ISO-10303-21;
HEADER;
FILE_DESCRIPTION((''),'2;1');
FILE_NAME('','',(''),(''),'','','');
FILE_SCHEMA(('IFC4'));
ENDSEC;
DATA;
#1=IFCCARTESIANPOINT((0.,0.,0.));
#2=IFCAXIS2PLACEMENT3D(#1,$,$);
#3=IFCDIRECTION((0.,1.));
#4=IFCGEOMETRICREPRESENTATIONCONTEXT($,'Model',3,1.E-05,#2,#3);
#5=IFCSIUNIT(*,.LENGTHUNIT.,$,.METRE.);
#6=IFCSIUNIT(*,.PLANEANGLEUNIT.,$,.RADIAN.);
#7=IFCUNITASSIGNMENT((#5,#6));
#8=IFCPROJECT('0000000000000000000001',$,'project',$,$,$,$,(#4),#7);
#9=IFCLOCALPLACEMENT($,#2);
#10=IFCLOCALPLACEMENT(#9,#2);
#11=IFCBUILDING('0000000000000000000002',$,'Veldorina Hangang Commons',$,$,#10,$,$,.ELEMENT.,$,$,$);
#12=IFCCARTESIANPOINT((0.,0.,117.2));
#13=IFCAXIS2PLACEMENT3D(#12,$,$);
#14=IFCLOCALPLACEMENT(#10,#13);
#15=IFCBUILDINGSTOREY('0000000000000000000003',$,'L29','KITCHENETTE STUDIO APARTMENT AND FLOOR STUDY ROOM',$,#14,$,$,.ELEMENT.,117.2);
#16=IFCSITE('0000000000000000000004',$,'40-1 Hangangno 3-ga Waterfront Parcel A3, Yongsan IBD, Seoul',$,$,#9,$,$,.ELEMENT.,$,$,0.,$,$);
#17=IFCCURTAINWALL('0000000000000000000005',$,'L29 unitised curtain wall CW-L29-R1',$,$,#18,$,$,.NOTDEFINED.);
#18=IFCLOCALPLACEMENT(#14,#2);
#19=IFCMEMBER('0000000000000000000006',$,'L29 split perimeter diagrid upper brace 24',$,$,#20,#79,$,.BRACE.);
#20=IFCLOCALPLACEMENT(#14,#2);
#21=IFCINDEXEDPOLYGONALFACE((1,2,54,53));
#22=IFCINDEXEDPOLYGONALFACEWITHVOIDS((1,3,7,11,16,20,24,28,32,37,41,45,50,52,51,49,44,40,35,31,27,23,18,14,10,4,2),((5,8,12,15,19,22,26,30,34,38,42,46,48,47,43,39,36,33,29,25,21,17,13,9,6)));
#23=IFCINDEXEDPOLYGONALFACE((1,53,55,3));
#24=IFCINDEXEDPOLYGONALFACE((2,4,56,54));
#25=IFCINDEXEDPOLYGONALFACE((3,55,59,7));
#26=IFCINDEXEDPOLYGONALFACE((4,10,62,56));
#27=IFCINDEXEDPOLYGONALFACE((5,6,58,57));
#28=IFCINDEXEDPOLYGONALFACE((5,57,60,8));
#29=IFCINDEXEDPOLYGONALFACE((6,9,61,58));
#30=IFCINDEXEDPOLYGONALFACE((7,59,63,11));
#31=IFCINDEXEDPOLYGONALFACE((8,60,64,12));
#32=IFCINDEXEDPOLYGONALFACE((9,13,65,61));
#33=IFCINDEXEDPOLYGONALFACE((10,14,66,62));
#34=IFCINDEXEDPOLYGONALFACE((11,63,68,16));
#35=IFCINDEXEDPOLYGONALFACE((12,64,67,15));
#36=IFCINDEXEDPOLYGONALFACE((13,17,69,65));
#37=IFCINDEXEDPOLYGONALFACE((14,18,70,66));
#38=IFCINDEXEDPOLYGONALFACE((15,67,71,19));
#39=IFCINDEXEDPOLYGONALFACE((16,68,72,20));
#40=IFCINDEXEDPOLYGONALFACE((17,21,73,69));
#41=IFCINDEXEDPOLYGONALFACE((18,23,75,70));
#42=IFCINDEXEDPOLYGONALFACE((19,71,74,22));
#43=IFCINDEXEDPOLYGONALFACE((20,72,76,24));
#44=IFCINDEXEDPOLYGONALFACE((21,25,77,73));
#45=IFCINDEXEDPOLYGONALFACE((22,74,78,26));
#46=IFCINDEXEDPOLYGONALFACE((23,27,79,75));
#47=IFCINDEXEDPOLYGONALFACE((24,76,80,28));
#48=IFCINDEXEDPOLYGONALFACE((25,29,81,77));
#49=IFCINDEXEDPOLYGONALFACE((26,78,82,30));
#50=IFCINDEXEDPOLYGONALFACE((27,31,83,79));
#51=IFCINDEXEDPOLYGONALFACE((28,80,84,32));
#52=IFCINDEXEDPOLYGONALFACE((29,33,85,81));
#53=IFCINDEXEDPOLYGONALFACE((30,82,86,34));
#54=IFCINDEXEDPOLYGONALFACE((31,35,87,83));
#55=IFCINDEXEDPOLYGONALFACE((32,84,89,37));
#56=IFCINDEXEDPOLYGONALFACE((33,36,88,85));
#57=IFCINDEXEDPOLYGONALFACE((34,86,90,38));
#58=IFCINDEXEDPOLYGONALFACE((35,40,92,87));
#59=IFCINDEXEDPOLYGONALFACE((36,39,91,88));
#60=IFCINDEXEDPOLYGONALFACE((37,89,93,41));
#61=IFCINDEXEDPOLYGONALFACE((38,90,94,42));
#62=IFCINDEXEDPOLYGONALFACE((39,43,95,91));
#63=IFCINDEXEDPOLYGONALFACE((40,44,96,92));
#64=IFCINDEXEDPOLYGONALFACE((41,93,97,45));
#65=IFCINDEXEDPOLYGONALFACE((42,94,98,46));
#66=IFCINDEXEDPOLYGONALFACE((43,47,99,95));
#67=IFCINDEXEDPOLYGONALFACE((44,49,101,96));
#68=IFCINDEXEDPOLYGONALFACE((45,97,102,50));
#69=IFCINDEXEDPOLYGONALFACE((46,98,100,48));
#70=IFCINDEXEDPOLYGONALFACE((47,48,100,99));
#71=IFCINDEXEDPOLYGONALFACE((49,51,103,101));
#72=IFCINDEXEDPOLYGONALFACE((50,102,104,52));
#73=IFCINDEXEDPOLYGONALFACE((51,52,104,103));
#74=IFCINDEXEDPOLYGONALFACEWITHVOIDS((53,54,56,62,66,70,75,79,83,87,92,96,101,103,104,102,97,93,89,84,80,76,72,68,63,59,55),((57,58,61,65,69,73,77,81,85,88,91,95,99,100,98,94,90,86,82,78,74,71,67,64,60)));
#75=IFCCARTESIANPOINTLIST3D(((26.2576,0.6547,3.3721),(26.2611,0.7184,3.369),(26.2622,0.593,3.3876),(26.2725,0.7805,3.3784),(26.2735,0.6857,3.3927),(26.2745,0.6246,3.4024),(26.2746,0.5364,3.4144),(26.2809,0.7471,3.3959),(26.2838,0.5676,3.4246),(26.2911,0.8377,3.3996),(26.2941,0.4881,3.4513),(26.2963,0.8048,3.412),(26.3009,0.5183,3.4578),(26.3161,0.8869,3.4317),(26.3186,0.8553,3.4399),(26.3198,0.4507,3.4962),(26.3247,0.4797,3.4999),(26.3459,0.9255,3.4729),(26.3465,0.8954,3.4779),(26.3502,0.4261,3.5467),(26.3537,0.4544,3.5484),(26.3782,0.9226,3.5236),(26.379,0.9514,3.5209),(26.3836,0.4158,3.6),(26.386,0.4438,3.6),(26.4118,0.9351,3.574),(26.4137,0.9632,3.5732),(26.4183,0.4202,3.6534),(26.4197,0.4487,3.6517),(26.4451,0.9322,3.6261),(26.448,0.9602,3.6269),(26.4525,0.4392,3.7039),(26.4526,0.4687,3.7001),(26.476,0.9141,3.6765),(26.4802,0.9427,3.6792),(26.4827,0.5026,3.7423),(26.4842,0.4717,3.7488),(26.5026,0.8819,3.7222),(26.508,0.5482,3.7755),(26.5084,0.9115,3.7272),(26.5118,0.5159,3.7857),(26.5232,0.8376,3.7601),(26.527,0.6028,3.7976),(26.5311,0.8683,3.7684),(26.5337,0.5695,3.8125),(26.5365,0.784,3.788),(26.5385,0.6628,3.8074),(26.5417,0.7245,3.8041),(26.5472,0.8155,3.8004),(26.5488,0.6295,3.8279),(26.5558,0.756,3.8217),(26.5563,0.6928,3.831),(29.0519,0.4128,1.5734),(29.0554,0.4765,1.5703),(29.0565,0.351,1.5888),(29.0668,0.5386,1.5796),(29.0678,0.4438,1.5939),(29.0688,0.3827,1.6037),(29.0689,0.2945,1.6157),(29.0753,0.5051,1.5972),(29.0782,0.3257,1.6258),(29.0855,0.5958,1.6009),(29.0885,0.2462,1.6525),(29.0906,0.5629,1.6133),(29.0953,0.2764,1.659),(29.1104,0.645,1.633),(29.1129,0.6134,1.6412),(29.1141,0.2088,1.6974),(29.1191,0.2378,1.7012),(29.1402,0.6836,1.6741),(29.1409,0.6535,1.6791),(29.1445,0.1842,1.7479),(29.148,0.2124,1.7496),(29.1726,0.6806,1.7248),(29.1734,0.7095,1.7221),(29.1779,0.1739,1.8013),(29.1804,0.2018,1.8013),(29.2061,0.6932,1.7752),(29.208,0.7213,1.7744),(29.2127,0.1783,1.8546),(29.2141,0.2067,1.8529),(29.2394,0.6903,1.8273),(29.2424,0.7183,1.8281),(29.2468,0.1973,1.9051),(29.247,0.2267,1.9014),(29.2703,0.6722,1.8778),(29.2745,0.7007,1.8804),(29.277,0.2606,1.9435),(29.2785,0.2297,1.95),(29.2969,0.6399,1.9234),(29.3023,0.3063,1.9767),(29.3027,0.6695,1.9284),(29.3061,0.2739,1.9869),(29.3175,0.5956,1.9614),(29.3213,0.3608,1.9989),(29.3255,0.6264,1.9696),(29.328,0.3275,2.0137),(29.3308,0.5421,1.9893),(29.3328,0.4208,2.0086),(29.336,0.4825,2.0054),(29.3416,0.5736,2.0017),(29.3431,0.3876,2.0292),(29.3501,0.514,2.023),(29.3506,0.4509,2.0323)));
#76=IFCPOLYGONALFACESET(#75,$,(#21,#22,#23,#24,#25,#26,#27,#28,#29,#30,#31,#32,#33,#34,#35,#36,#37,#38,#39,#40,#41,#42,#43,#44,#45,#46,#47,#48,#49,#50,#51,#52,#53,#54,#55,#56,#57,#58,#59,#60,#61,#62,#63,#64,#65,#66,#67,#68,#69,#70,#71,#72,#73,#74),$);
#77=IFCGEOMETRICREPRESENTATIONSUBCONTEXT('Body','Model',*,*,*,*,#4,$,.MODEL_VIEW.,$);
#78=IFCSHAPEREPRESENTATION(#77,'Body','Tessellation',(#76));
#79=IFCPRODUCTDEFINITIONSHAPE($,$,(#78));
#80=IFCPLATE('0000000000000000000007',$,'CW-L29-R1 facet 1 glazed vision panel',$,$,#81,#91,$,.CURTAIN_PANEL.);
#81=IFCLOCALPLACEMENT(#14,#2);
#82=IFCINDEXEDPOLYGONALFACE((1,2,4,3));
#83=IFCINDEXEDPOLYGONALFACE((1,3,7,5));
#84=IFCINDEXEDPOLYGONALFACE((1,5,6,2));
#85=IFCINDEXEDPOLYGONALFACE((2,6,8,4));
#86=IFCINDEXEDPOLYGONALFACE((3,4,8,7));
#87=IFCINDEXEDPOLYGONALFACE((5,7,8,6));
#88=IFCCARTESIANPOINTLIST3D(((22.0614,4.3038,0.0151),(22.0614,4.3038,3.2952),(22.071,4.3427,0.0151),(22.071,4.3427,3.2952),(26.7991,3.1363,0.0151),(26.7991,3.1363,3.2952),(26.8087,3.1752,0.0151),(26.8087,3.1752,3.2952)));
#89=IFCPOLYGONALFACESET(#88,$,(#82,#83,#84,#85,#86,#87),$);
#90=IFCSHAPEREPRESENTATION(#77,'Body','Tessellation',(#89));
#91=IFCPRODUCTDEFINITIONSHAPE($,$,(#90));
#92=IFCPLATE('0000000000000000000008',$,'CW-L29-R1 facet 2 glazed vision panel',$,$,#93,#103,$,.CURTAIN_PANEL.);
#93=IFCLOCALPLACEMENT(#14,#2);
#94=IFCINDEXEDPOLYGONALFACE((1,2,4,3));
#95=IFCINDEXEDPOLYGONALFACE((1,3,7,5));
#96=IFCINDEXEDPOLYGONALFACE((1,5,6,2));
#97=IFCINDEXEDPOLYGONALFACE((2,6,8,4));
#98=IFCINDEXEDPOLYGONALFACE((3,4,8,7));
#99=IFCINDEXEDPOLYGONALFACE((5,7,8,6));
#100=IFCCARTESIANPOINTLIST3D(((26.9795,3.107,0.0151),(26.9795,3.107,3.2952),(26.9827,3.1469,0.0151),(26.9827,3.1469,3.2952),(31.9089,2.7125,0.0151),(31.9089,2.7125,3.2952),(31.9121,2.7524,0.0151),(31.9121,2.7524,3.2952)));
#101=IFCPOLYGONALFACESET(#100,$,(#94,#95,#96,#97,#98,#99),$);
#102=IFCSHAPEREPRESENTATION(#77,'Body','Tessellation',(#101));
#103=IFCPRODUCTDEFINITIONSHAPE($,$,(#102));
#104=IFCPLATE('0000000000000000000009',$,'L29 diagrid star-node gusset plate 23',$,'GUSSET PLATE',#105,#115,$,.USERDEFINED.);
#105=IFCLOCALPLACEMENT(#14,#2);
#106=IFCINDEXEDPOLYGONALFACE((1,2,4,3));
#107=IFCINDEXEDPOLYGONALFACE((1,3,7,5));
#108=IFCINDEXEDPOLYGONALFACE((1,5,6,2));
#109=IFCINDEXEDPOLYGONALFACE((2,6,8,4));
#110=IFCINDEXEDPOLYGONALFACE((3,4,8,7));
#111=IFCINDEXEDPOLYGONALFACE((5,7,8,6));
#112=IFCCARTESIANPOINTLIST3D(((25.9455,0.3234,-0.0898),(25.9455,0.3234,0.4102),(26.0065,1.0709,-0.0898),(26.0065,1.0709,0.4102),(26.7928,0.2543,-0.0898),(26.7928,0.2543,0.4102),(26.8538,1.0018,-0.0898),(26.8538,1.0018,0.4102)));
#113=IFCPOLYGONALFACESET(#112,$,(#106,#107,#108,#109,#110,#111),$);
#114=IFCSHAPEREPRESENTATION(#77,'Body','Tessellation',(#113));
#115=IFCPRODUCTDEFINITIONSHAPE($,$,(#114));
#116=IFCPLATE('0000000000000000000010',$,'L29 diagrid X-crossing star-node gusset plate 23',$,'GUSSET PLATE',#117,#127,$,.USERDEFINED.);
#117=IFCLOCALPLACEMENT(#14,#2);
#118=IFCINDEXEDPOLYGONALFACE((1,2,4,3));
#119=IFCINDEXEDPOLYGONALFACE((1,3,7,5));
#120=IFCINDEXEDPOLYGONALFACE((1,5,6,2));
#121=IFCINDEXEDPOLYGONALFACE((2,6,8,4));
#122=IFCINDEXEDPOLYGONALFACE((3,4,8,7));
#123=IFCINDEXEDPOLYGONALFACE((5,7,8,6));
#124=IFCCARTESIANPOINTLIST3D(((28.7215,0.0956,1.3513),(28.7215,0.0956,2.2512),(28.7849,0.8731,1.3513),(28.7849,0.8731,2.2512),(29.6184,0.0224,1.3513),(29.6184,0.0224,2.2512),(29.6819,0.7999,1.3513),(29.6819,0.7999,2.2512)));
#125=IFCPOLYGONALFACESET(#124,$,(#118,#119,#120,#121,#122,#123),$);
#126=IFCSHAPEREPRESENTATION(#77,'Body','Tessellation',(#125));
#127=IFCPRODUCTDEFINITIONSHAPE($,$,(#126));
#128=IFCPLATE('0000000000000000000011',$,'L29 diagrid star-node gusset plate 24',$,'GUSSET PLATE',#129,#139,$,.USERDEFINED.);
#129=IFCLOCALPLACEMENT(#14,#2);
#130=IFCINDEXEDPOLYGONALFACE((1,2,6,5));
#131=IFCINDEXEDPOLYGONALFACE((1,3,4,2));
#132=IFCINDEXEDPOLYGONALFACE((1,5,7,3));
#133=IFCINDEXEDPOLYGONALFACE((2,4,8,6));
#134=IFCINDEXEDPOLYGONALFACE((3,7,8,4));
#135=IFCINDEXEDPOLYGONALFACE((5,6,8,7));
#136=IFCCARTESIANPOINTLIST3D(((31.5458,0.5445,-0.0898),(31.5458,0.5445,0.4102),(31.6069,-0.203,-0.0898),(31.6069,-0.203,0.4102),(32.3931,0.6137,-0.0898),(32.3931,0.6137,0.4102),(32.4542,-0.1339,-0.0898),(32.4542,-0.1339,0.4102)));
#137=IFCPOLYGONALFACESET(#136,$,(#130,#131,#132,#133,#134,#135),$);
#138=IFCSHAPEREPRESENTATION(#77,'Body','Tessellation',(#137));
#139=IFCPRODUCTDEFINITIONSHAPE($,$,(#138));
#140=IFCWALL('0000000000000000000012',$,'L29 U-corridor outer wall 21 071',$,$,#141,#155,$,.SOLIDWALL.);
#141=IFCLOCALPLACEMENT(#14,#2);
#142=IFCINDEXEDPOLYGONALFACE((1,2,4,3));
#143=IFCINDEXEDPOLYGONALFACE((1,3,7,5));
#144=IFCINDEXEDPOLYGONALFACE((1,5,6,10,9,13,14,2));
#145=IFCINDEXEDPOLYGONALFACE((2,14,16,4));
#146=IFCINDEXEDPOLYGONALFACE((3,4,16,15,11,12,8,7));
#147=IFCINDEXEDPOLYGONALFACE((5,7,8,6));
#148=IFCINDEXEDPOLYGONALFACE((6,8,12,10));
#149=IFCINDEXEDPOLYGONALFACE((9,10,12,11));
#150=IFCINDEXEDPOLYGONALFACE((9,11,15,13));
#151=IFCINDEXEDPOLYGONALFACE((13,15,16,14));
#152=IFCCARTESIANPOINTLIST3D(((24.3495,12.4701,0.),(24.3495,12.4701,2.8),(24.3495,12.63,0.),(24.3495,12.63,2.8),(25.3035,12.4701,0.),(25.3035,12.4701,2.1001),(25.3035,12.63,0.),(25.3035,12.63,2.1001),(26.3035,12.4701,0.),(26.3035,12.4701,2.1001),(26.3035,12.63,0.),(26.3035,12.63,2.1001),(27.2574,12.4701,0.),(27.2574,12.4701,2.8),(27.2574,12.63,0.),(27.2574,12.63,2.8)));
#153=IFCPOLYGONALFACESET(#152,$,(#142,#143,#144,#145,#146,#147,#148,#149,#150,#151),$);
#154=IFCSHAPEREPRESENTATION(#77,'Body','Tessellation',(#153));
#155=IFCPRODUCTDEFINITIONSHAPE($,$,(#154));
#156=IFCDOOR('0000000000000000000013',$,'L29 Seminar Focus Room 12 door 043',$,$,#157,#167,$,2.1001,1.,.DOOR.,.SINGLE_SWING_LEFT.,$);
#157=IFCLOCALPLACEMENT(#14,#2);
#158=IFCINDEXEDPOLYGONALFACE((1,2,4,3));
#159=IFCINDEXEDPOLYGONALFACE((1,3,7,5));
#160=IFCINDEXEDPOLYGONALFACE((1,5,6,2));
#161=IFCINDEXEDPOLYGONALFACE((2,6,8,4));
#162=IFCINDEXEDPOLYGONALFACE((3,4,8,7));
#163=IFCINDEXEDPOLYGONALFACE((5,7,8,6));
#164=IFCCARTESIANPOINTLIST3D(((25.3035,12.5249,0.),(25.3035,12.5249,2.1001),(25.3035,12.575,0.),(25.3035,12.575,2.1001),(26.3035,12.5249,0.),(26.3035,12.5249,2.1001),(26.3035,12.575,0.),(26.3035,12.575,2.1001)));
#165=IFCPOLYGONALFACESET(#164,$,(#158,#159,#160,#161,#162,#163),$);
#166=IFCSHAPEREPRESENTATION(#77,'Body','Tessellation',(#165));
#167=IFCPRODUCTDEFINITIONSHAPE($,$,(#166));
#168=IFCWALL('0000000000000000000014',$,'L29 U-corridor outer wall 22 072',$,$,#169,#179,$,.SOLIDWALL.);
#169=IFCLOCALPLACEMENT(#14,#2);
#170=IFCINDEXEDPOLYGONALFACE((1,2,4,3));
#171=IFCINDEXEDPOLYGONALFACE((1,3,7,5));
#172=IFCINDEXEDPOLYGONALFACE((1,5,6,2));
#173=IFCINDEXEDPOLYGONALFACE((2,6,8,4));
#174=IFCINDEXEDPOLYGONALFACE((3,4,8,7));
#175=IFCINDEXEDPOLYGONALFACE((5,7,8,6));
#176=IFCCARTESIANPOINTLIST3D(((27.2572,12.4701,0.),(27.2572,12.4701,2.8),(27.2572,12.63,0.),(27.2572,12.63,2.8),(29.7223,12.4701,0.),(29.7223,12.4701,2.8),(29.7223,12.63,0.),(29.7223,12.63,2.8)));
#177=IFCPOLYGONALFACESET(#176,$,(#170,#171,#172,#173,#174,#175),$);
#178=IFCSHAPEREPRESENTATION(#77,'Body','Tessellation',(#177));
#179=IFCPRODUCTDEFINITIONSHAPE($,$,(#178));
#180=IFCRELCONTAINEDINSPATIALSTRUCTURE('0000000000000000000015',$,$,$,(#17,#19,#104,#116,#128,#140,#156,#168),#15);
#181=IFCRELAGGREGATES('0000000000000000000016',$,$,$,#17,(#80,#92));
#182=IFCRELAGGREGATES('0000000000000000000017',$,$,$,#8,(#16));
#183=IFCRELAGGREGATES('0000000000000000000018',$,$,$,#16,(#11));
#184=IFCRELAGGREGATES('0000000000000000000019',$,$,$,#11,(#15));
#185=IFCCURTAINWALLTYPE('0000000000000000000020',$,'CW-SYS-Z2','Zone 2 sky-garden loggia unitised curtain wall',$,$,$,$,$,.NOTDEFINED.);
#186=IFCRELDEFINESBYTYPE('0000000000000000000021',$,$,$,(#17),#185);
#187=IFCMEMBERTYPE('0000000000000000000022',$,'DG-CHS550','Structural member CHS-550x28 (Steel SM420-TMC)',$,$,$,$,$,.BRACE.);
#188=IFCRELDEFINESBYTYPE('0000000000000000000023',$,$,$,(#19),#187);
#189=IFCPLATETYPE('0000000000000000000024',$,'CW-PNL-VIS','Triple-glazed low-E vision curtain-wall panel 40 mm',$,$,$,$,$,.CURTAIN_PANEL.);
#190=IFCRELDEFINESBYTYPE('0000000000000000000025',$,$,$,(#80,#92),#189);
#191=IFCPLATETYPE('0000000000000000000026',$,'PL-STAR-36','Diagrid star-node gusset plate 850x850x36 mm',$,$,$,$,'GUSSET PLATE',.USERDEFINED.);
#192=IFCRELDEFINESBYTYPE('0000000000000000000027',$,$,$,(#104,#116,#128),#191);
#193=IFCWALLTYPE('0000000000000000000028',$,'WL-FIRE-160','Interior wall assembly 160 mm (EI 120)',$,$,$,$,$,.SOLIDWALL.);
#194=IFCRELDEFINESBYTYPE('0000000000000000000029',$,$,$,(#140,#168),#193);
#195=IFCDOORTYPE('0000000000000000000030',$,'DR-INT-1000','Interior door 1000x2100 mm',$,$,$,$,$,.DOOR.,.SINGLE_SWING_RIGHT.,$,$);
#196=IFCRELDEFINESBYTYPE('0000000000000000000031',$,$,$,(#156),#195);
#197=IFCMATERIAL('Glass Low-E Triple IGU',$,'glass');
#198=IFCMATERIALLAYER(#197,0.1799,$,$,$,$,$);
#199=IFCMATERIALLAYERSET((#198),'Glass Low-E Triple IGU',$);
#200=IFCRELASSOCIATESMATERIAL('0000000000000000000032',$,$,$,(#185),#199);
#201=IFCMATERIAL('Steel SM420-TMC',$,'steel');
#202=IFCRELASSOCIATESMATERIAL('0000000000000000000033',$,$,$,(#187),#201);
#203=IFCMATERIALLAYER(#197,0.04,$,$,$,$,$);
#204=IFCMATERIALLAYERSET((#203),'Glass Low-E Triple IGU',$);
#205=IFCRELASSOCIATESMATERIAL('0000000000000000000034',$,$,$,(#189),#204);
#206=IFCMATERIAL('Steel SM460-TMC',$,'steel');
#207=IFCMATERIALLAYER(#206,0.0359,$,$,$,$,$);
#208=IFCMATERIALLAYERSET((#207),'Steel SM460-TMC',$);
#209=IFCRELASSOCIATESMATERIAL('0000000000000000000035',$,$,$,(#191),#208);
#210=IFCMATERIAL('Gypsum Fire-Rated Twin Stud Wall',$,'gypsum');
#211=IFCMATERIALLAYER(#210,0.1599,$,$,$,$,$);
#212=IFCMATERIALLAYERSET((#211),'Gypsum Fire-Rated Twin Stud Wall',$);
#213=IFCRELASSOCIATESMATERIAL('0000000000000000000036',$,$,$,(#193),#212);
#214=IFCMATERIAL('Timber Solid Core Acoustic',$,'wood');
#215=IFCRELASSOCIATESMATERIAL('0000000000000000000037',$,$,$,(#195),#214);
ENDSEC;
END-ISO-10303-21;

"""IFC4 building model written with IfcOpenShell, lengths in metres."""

from ifc_helpers import new_model, si_unit, direction, frame, frame_2d, origin, origin_2d, place, context, subcontext, project, spatial, rectangle, hollow_circle, extrude, material, layer, layer_set, material_profile, profile_set, type_object, element, fill, aggregate, save


model = new_model("IFC4")

# Units and contexts
model_context = context("Model", 3, precision=1e-05, world=origin(), true_north=direction((0.0, 1.0)))
body_context = subcontext(model_context, "Body", "Model", "MODEL_VIEW")
ifc_project = project(units=[si_unit("LENGTHUNIT", "METRE"), si_unit("PLANEANGLEUNIT", "RADIAN")], contexts=[model_context])

# Site, building, storey
site_placement = place(None, origin())
site = spatial("IfcSite", under=ifc_project, at=site_placement, Name="40-1 Hangangno 3-ga Waterfront Parcel A3, Yongsan IBD, Seoul", CompositionType="ELEMENT", RefElevation=0.0)
building_placement = place(site_placement, origin())
building = spatial("IfcBuilding", under=site, at=building_placement, Name="Veldorina Hangang Commons", CompositionType="ELEMENT")
storey_placement = place(building_placement, frame((0.0, 0.0, 117.2)))
storey = spatial("IfcBuildingStorey", under=building, at=storey_placement, Name="L29", Description="KITCHENETTE STUDIO APARTMENT AND FLOOR STUDY ROOM", CompositionType="ELEMENT", Elevation=117.2)

# Shared definitions
ifc_material_1 = material(Name="Steel SM420-TMC", Category="steel")

# Curtain wall
ifc_material_2 = material(Name="Glass Low-E Triple IGU", Category="glass")
ifc_layer_1 = layer(ifc_material_2, 0.1799)
ifc_layer_set_1 = layer_set([ifc_layer_1], Name="Glass Low-E Triple IGU")
curtain_wall_type = type_object("IfcCurtainWallType", Name="CW-SYS-Z2", Description="Zone 2 sky-garden loggia unitised curtain wall", PredefinedType="NOTDEFINED", material=ifc_layer_set_1)
curtain_wall_placement = place(storey_placement, origin())
curtain_wall = element("IfcCurtainWall", 1, at=curtain_wall_placement, inside=storey, type_object=curtain_wall_type, Name="L29 unitised curtain wall CW-L29-R1", PredefinedType="NOTDEFINED")

# Member
ifc_material_profile_1 = material_profile(ifc_material_1, hollow_circle(Radius=0.2749, WallThickness=0.0281, at=origin_2d()), Name="CHS-550x28")
ifc_profile_set_1 = profile_set([ifc_material_profile_1], Name="Steel SM420-TMC")
member_type_1 = type_object("IfcMemberType", Name="DG-CHS550", Description="Structural member CHS-550x28 (Steel SM420-TMC)", PredefinedType="BRACE", material=ifc_profile_set_1)
member_1_placement = place(storey_placement, frame((29.2017, 0.4478, 1.8013), z_axis=(-0.83863, 0.072609, 0.539841), x_axis=(-0.086258, -0.996273, 0.0)))
element("IfcMember", 2, at=member_1_placement, inside=storey, type_object=member_type_1, Name="L29 split perimeter diagrid upper brace 24", PredefinedType="BRACE", context=body_context, shape_type="SweptSolid", body=[
    extrude(hollow_circle(Radius=0.2749, WallThickness=0.0281, at=origin_2d()), origin(), (0.0, 0.0, 1.0), 3.332),
])

# Plates
ifc_layer_2 = layer(ifc_material_2, 0.04)
ifc_layer_set_2 = layer_set([ifc_layer_2], Name="Glass Low-E Triple IGU")
plate_type_1 = type_object("IfcPlateType", Name="CW-PNL-VIS", Description="Triple-glazed low-E vision curtain-wall panel 40 mm", PredefinedType="CURTAIN_PANEL", material=ifc_layer_set_2)
plate_1_placement = place(storey_placement, frame((24.4351, 3.7395, 0.0151), z_axis=(0.0, 0.0, 1.0), x_axis=(0.970951, -0.239279, 0.0)))
plate_1 = element("IfcPlate", 3, at=plate_1_placement, type_object=plate_type_1, Name="CW-L29-R1 facet 1 glazed vision panel", PredefinedType="CURTAIN_PANEL", context=body_context, shape_type="SweptSolid", body=[
    extrude(rectangle(XDim=4.8794, YDim=0.04, at=origin_2d()), origin(), (0.0, 0.0, 1.0), 3.28),
])
plate_2_placement = place(storey_placement, frame((29.4458, 2.9297, 0.0151), z_axis=(0.0, 0.0, 1.0), x_axis=(0.996814, -0.079764, 0.0)))
plate_2 = element("IfcPlate", 4, at=plate_2_placement, type_object=plate_type_1, Name="CW-L29-R1 facet 2 glazed vision panel", PredefinedType="CURTAIN_PANEL", context=body_context, shape_type="SweptSolid", body=[
    extrude(rectangle(XDim=4.9451, YDim=0.04, at=origin_2d()), origin(), (0.0, 0.0, 1.0), 3.28),
])
aggregate(curtain_wall, [plate_1, plate_2])

# Plates
ifc_material_3 = material(Name="Steel SM460-TMC", Category="steel")
ifc_layer_3 = layer(ifc_material_3, 0.0359)
ifc_layer_set_3 = layer_set([ifc_layer_3], Name="Steel SM460-TMC")
plate_type_2 = type_object("IfcPlateType", Name="PL-STAR-36", Description="Diagrid star-node gusset plate 850x850x36 mm", ElementType="GUSSET PLATE", PredefinedType="USERDEFINED", material=ifc_layer_set_3)
plate_3_placement = place(storey_placement, frame((26.3997, 0.6626, -0.0898), z_axis=(0.0, 0.0, 1.0), x_axis=(0.996684, -0.081364, 0.0)))
element("IfcPlate", 5, at=plate_3_placement, inside=storey, type_object=plate_type_2, Name="L29 diagrid star-node gusset plate 23", ObjectType="GUSSET PLATE", PredefinedType="USERDEFINED", context=body_context, shape_type="SweptSolid", body=[
    extrude(rectangle(XDim=0.8501, YDim=0.75, at=origin_2d()), origin(), (0.0, 0.0, 1.0), 0.5),
])
plate_4_placement = place(storey_placement, frame((29.2017, 0.4478, 1.3513), z_axis=(0.0, 0.0, 1.0), x_axis=(0.996684, -0.081364, 0.0)))
element("IfcPlate", 6, at=plate_4_placement, inside=storey, type_object=plate_type_2, Name="L29 diagrid X-crossing star-node gusset plate 23", ObjectType="GUSSET PLATE", PredefinedType="USERDEFINED", context=body_context, shape_type="SweptSolid", body=[
    extrude(rectangle(XDim=0.8999, YDim=0.78, at=origin_2d()), origin(), (0.0, 0.0, 1.0), 0.8999),
])
plate_5_placement = place(storey_placement, frame((32.0, 0.2053, -0.0898), z_axis=(0.0, 0.0, 1.0), x_axis=(0.996684, 0.081364, 0.0)))
element("IfcPlate", 7, at=plate_5_placement, inside=storey, type_object=plate_type_2, Name="L29 diagrid star-node gusset plate 24", ObjectType="GUSSET PLATE", PredefinedType="USERDEFINED", context=body_context, shape_type="SweptSolid", body=[
    extrude(rectangle(XDim=0.8501, YDim=0.75, at=origin_2d()), origin(), (0.0, 0.0, 1.0), 0.5),
])

# Wall, opening, door
ifc_material_4 = material(Name="Gypsum Fire-Rated Twin Stud Wall", Category="gypsum")
ifc_layer_4 = layer(ifc_material_4, 0.1599)
ifc_layer_set_4 = layer_set([ifc_layer_4], Name="Gypsum Fire-Rated Twin Stud Wall")
wall_type_1 = type_object("IfcWallType", Name="WL-FIRE-160", Description="Interior wall assembly 160 mm (EI 120)", PredefinedType="SOLIDWALL", material=ifc_layer_set_4)
wall_1_placement = place(storey_placement, frame((24.3494, 12.55, 0.0), z_axis=(0.0, 0.0, 1.0), x_axis=(1.0, 0.0, 0.0)))
wall_1 = element("IfcWall", 8, at=wall_1_placement, inside=storey, type_object=wall_type_1, Name="L29 U-corridor outer wall 21 071", PredefinedType="SOLIDWALL", context=body_context, shape_type="SweptSolid", body=[
    extrude(rectangle(XDim=2.908, YDim=0.1599, at=frame_2d((1.4541, 0.0))), origin(), (0.0, 0.0, 1.0), 2.8),
])
opening_1_placement = place(wall_1_placement, frame((0.9541, 0.0, 0.0)))
opening_1 = element("IfcOpeningElement", 9, at=opening_1_placement, cuts=wall_1, PredefinedType="OPENING", context=body_context, shape_type="SweptSolid", body=[
    extrude(rectangle(XDim=1.0, YDim=2.1001, at=frame_2d((0.5, 1.05))), frame((0.0, 0.0898, 0.0), z_axis=(0.0, -1.0, 0.0), x_axis=(1.0, 0.0, 0.0)), (0.0, 0.0, 1.0), 0.1799),
])
ifc_material_5 = material(Name="Timber Solid Core Acoustic", Category="wood")
door_type_1 = type_object("IfcDoorType", Name="DR-INT-1000", Description="Interior door 1000x2100 mm", OperationType="SINGLE_SWING_RIGHT", PredefinedType="DOOR", material=ifc_material_5)
door_1_placement = place(opening_1_placement, origin())
door_1 = element("IfcDoor", 10, at=door_1_placement, inside=storey, type_object=door_type_1, Name="L29 Seminar Focus Room 12 door 043", OperationType="SINGLE_SWING_LEFT", OverallHeight=2.1001, OverallWidth=1.0, PredefinedType="DOOR", context=body_context, shape_type="SweptSolid", body=[
    extrude(rectangle(XDim=1.0, YDim=2.1001, at=frame_2d((0.5, 1.05))), frame((0.0, 0.0249, 0.0), z_axis=(0.0, -1.0, 0.0), x_axis=(1.0, 0.0, 0.0)), (0.0, 0.0, 1.0), 0.05),
])
fill(opening_1, door_1)

# Wall
wall_2_placement = place(storey_placement, frame((27.2573, 12.55, 0.0), z_axis=(0.0, 0.0, 1.0), x_axis=(1.0, 0.0, 0.0)))
element("IfcWall", 11, at=wall_2_placement, inside=storey, type_object=wall_type_1, Name="L29 U-corridor outer wall 22 072", PredefinedType="SOLIDWALL", context=body_context, shape_type="SweptSolid", body=[
    extrude(rectangle(XDim=2.4651, YDim=0.1599, at=frame_2d((1.2324, 0.0))), origin(), (0.0, 0.0, 1.0), 2.8),
])

save(model, "model.ifc")
